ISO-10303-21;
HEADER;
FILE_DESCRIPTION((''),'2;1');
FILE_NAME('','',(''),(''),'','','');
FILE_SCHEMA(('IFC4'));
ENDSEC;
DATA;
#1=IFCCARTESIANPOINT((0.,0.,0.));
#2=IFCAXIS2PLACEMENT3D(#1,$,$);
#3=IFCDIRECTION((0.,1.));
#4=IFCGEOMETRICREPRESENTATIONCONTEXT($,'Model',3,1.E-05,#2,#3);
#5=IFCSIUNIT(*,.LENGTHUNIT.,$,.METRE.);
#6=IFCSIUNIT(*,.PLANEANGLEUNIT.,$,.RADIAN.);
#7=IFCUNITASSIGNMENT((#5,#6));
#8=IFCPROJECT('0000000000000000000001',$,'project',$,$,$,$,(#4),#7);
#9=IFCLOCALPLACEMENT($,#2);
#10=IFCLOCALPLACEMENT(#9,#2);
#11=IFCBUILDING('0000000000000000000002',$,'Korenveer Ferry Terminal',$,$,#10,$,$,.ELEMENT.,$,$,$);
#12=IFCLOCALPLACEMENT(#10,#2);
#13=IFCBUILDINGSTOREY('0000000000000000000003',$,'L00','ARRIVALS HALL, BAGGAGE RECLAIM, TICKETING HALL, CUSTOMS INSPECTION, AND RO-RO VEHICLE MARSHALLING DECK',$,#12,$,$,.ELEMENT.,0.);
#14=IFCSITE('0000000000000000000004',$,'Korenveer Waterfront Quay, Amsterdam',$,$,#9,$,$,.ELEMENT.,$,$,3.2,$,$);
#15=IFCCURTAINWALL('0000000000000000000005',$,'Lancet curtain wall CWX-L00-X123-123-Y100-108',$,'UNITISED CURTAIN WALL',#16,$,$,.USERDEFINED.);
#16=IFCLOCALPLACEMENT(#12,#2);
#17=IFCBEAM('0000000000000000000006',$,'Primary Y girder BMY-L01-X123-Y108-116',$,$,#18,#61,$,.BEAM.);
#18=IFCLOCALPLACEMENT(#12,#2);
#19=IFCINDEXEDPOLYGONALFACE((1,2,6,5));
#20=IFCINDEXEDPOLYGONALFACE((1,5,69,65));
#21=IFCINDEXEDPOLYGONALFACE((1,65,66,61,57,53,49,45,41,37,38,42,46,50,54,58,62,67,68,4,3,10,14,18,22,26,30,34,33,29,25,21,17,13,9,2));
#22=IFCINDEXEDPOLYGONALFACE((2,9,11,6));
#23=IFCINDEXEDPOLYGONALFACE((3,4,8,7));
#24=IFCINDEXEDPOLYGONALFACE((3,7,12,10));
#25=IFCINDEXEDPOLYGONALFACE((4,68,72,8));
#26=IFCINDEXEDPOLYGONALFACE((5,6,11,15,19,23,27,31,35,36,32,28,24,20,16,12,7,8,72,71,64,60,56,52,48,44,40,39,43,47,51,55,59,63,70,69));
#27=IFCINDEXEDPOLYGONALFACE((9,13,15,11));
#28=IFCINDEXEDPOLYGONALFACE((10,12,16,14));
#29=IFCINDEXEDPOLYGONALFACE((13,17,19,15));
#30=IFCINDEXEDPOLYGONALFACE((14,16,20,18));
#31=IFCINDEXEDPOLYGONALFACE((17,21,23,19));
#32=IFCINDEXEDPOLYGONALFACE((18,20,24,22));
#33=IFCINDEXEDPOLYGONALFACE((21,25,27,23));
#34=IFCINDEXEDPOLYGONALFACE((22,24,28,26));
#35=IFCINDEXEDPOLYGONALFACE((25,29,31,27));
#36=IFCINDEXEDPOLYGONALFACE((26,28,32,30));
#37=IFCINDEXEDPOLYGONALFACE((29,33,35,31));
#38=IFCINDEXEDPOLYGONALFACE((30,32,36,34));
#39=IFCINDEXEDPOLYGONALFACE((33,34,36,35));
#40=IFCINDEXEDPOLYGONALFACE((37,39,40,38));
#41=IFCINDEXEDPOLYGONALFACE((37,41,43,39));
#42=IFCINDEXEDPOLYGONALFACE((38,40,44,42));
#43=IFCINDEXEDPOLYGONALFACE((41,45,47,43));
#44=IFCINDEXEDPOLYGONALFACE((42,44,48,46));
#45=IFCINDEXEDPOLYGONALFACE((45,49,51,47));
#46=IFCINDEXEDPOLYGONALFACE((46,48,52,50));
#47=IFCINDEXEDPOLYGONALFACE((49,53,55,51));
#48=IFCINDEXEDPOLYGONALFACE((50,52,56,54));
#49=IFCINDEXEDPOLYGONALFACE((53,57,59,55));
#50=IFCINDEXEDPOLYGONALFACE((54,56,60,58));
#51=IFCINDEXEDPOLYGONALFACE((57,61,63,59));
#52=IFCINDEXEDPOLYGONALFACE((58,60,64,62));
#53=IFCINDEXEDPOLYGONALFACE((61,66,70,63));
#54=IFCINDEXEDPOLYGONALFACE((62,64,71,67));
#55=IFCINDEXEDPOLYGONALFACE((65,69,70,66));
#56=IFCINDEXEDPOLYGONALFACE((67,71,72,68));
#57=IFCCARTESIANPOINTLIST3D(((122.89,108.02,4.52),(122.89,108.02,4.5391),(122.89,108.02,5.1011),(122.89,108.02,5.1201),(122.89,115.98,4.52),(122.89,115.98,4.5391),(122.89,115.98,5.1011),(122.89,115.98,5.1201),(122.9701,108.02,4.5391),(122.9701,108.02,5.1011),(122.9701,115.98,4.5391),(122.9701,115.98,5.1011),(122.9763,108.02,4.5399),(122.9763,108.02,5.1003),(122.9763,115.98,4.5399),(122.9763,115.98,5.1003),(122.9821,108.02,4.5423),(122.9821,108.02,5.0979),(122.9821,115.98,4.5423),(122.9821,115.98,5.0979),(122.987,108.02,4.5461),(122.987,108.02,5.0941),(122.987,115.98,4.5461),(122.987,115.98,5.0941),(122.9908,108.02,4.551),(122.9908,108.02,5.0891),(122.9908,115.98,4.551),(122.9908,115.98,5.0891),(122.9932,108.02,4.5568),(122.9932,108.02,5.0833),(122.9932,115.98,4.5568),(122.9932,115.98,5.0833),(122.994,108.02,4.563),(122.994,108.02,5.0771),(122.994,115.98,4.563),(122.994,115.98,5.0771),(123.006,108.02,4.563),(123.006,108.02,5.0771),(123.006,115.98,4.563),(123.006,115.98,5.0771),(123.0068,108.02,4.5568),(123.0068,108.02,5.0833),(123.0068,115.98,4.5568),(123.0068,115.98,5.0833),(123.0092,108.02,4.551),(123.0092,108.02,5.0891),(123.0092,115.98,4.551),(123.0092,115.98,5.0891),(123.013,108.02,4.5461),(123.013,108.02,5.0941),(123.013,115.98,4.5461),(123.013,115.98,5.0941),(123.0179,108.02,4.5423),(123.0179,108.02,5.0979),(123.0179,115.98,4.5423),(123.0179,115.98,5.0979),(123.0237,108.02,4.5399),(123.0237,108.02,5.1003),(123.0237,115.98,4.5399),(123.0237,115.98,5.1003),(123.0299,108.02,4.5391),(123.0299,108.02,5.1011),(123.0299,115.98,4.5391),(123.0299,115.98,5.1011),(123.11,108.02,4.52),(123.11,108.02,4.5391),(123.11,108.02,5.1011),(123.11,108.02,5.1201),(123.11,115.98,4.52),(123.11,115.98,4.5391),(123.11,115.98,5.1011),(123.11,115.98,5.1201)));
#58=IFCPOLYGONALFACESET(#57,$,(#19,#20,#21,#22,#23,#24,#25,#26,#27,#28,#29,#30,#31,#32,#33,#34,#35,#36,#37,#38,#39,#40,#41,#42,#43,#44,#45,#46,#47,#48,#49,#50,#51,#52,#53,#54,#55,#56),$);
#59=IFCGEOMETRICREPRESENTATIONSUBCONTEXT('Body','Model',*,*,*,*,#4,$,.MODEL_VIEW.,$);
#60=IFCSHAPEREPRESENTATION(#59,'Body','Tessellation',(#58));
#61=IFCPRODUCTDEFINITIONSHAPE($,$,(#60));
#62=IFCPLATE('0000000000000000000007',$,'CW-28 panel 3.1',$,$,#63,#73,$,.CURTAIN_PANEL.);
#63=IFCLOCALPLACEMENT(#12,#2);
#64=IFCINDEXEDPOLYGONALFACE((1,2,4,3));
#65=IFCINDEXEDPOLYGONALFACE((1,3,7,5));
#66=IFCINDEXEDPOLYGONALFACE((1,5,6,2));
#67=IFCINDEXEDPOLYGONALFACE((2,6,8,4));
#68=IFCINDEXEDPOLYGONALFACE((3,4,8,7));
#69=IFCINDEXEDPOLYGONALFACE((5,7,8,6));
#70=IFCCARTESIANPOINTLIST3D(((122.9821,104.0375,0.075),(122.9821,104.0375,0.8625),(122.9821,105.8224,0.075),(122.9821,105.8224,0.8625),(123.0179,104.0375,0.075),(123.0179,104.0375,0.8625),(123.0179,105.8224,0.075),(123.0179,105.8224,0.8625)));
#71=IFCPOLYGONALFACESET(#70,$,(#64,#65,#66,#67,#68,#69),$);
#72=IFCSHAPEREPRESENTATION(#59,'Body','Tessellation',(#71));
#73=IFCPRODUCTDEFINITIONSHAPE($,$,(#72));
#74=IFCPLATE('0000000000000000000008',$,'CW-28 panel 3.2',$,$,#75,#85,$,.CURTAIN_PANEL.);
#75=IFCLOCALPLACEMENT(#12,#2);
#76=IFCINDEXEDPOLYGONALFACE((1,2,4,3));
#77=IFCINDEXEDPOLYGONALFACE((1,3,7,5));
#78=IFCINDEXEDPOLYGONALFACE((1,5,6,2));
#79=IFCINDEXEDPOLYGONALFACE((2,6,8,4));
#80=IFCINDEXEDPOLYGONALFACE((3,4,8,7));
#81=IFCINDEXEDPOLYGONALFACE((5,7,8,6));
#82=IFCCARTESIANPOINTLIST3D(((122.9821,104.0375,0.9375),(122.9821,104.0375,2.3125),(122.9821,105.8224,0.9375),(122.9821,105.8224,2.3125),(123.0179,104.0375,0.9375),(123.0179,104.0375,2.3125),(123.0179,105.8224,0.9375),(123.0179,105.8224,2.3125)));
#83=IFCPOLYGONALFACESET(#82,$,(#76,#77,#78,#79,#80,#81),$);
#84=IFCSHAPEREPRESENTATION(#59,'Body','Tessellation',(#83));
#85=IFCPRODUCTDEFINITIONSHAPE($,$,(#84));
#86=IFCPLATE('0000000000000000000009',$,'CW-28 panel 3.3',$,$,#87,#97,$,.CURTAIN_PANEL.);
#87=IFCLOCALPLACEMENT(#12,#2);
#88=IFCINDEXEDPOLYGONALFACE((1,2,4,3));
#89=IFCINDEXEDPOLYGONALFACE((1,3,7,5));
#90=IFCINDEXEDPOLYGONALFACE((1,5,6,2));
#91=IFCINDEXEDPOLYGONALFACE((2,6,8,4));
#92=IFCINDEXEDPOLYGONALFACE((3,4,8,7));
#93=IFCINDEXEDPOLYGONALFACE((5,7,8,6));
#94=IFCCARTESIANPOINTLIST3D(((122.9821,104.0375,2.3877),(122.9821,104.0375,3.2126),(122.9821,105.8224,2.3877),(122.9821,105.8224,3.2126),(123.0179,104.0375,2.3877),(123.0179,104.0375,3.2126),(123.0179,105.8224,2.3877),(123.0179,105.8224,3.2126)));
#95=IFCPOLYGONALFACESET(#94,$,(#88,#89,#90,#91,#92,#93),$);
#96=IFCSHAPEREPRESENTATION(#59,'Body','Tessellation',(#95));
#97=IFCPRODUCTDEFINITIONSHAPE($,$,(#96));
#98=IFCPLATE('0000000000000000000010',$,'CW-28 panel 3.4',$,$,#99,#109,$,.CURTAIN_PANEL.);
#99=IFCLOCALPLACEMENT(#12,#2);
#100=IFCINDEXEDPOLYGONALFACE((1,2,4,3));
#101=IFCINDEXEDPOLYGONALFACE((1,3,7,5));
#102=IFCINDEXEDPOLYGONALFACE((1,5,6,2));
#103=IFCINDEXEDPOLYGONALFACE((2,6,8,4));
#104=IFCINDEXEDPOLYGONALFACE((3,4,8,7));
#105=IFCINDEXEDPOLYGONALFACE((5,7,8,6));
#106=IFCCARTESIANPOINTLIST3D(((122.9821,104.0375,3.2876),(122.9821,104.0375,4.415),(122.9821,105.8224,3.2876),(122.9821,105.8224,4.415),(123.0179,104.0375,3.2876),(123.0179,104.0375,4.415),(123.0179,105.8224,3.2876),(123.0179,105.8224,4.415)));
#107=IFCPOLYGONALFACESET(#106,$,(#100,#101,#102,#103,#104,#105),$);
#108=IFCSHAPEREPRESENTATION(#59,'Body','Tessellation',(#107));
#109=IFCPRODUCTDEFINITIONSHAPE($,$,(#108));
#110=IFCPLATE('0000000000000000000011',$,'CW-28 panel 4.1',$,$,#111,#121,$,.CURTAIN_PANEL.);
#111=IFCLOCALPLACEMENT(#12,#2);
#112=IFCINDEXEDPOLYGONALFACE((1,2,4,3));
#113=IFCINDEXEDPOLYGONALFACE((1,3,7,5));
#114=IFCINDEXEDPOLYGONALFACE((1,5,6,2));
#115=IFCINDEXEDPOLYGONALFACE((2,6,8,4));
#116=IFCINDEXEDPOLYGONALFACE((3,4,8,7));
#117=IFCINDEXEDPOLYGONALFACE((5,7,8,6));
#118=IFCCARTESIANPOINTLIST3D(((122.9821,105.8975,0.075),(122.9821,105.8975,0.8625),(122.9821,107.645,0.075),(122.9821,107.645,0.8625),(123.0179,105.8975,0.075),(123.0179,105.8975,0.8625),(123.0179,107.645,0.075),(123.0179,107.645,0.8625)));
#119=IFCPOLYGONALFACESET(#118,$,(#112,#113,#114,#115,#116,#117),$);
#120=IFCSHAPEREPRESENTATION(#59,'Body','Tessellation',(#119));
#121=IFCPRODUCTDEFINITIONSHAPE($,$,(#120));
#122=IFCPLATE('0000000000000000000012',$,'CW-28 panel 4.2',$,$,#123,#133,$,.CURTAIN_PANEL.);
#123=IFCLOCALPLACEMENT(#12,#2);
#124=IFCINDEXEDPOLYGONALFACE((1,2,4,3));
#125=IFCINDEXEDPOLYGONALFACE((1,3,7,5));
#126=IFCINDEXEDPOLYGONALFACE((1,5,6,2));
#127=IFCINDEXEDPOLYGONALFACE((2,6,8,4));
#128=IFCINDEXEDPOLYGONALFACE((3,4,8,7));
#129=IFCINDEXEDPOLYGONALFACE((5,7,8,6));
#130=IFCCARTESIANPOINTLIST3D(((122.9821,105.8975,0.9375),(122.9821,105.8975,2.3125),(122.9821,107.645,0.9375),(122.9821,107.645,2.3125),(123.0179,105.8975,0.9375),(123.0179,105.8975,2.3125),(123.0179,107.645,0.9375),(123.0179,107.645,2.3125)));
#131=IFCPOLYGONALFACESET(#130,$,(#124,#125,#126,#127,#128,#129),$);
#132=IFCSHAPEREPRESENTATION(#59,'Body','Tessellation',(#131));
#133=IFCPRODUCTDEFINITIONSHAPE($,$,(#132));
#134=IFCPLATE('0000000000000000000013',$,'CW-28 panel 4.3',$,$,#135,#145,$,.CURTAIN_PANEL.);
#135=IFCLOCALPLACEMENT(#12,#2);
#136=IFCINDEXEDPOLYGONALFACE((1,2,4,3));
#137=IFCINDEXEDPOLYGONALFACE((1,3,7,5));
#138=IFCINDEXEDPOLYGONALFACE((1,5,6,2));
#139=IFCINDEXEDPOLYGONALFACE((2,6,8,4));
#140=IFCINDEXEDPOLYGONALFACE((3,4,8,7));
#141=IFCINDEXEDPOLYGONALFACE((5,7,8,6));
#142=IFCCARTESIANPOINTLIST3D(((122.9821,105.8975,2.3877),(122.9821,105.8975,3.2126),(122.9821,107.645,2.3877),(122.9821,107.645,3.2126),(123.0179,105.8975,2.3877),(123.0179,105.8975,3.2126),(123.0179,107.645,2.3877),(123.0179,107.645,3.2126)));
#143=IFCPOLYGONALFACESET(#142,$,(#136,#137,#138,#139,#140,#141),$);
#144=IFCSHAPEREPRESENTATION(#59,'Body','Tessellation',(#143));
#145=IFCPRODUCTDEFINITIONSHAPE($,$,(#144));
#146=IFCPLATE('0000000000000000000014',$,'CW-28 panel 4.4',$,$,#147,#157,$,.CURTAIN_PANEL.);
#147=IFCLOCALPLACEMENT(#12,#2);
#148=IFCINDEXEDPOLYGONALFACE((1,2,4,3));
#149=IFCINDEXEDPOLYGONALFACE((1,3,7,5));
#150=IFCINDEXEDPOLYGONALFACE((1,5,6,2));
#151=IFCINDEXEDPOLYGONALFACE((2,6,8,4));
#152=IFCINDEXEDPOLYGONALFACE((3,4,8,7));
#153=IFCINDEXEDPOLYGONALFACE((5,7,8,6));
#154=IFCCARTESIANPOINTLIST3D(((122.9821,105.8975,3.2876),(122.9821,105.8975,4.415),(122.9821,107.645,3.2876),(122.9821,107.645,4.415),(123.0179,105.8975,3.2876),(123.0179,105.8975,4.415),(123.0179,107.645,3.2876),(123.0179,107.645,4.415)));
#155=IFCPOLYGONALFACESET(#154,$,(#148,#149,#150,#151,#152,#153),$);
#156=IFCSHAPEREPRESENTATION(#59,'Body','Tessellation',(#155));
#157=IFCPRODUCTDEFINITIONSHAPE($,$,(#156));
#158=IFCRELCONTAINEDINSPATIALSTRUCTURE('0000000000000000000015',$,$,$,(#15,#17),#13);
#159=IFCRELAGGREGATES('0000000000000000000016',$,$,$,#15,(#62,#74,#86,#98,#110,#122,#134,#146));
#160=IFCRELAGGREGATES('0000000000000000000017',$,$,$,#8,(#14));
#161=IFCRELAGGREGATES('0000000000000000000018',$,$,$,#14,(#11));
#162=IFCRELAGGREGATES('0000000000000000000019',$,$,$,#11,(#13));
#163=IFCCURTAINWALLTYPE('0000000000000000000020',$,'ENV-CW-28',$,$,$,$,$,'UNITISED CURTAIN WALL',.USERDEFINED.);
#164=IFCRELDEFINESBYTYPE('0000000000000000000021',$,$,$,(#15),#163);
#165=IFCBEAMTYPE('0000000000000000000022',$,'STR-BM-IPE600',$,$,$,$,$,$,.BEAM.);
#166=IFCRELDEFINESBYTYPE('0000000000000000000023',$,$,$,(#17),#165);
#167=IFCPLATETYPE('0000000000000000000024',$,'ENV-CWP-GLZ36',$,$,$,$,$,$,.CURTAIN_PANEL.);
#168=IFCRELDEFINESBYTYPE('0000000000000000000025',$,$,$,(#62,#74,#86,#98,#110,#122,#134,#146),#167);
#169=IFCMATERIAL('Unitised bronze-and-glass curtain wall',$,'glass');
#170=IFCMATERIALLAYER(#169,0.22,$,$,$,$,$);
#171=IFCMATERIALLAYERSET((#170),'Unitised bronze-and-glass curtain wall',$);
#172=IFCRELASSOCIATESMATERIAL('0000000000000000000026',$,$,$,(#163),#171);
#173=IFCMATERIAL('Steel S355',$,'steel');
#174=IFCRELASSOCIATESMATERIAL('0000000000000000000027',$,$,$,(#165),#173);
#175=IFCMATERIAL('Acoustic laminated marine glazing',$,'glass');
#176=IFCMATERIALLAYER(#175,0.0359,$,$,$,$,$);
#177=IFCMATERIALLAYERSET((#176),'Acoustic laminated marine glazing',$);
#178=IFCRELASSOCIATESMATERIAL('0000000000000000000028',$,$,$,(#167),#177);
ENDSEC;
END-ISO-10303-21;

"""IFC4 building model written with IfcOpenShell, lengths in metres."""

from ifc_helpers import new_model, si_unit, direction, frame, origin, origin_2d, place, context, subcontext, project, spatial, rectangle, i_section, extrude, material, layer, layer_set, material_profile, profile_set, type_object, element, aggregate, save


model = new_model("IFC4")

# Units and contexts
model_context = context("Model", 3, precision=1e-05, world=origin(), true_north=direction((0.0, 1.0)))
body_context = subcontext(model_context, "Body", "Model", "MODEL_VIEW")
ifc_project = project(units=[si_unit("LENGTHUNIT", "METRE"), si_unit("PLANEANGLEUNIT", "RADIAN")], contexts=[model_context])

# Site, building, storey
site_placement = place(None, origin())
site = spatial("IfcSite", under=ifc_project, at=site_placement, Name="Korenveer Waterfront Quay, Amsterdam", CompositionType="ELEMENT", RefElevation=3.2)
building_placement = place(site_placement, origin())
building = spatial("IfcBuilding", under=site, at=building_placement, Name="Korenveer Ferry Terminal", CompositionType="ELEMENT")
storey_placement = place(building_placement, origin())
storey = spatial("IfcBuildingStorey", under=building, at=storey_placement, Name="L00", Description="ARRIVALS HALL, BAGGAGE RECLAIM, TICKETING HALL, CUSTOMS INSPECTION, AND RO-RO VEHICLE MARSHALLING DECK", CompositionType="ELEMENT", Elevation=0.0)

# Shared definitions
ifc_material_1 = material(Name="Steel S355", Category="steel")

# Curtain wall
ifc_material_2 = material(Name="Unitised bronze-and-glass curtain wall", Category="glass")
ifc_layer_1 = layer(ifc_material_2, 0.22)
ifc_layer_set_1 = layer_set([ifc_layer_1], Name="Unitised bronze-and-glass curtain wall")
curtain_wall_type_1 = type_object("IfcCurtainWallType", Name="ENV-CW-28", ElementType="UNITISED CURTAIN WALL", PredefinedType="USERDEFINED", material=ifc_layer_set_1)
curtain_wall_1_placement = place(storey_placement, frame((123.0, 100.28, 0.0)))
curtain_wall_1 = element("IfcCurtainWall", 1, at=curtain_wall_1_placement, inside=storey, type_object=curtain_wall_type_1, Name="Lancet curtain wall CWX-L00-X123-123-Y100-108", ObjectType="UNITISED CURTAIN WALL", PredefinedType="USERDEFINED")

# Beam
ifc_material_profile_1 = material_profile(ifc_material_1, i_section(OverallWidth=0.22, OverallDepth=0.6001, WebThickness=0.012, FlangeThickness=0.019, FilletRadius=0.0239, at=origin_2d()), Name="IPE 600")
ifc_profile_set_1 = profile_set([ifc_material_profile_1], Name="Steel S355")
beam_type = type_object("IfcBeamType", Name="STR-BM-IPE600", PredefinedType="BEAM", material=ifc_profile_set_1)
beam_placement = place(storey_placement, frame((123.0, 108.02, 4.8201), z_axis=(0.0, 1.0, 0.0), x_axis=(-1.0, 0.0, 0.0)))
element("IfcBeam", 2, at=beam_placement, inside=storey, type_object=beam_type, Name="Primary Y girder BMY-L01-X123-Y108-116", PredefinedType="BEAM", context=body_context, shape_type="SweptSolid", body=[
    extrude(i_section(OverallWidth=0.22, OverallDepth=0.6001, WebThickness=0.012, FlangeThickness=0.019, FilletRadius=0.0239, at=origin_2d()), origin(), (0.0, 0.0, 1.0), 7.96),
])

# Plates
ifc_material_3 = material(Name="Acoustic laminated marine glazing", Category="glass")
ifc_layer_2 = layer(ifc_material_3, 0.0359)
ifc_layer_set_2 = layer_set([ifc_layer_2], Name="Acoustic laminated marine glazing")
plate_type = type_object("IfcPlateType", Name="ENV-CWP-GLZ36", PredefinedType="CURTAIN_PANEL", material=ifc_layer_set_2)
plate_1_placement = place(storey_placement, frame((123.0, 104.9299, 0.075), z_axis=(0.0, 0.0, 1.0), x_axis=(0.0, 1.0, 0.0)))
plate_1 = element("IfcPlate", 3, at=plate_1_placement, type_object=plate_type, Name="CW-28 panel 3.1", PredefinedType="CURTAIN_PANEL", context=body_context, shape_type="SweptSolid", body=[
    extrude(rectangle(XDim=1.7849, YDim=0.0359, at=origin_2d()), origin(), (0.0, 0.0, 1.0), 0.7876),
])
plate_2_placement = place(storey_placement, frame((123.0, 104.9299, 0.9375), z_axis=(0.0, 0.0, 1.0), x_axis=(0.0, 1.0, 0.0)))
plate_2 = element("IfcPlate", 4, at=plate_2_placement, type_object=plate_type, Name="CW-28 panel 3.2", PredefinedType="CURTAIN_PANEL", context=body_context, shape_type="SweptSolid", body=[
    extrude(rectangle(XDim=1.7849, YDim=0.0359, at=origin_2d()), origin(), (0.0, 0.0, 1.0), 1.375),
])
plate_3_placement = place(storey_placement, frame((123.0, 104.9299, 2.3877), z_axis=(0.0, 0.0, 1.0), x_axis=(0.0, 1.0, 0.0)))
plate_3 = element("IfcPlate", 5, at=plate_3_placement, type_object=plate_type, Name="CW-28 panel 3.3", PredefinedType="CURTAIN_PANEL", context=body_context, shape_type="SweptSolid", body=[
    extrude(rectangle(XDim=1.7849, YDim=0.0359, at=origin_2d()), origin(), (0.0, 0.0, 1.0), 0.825),
])
plate_4_placement = place(storey_placement, frame((123.0, 104.9299, 3.2876), z_axis=(0.0, 0.0, 1.0), x_axis=(0.0, 1.0, 0.0)))
plate_4 = element("IfcPlate", 6, at=plate_4_placement, type_object=plate_type, Name="CW-28 panel 3.4", PredefinedType="CURTAIN_PANEL", context=body_context, shape_type="SweptSolid", body=[
    extrude(rectangle(XDim=1.7849, YDim=0.0359, at=origin_2d()), origin(), (0.0, 0.0, 1.0), 1.1274),
])
plate_5_placement = place(storey_placement, frame((123.0, 106.7712, 0.075), z_axis=(0.0, 0.0, 1.0), x_axis=(0.0, 1.0, 0.0)))
plate_5 = element("IfcPlate", 7, at=plate_5_placement, type_object=plate_type, Name="CW-28 panel 4.1", PredefinedType="CURTAIN_PANEL", context=body_context, shape_type="SweptSolid", body=[
    extrude(rectangle(XDim=1.7476, YDim=0.0359, at=origin_2d()), origin(), (0.0, 0.0, 1.0), 0.7876),
])
plate_6_placement = place(storey_placement, frame((123.0, 106.7712, 0.9375), z_axis=(0.0, 0.0, 1.0), x_axis=(0.0, 1.0, 0.0)))
plate_6 = element("IfcPlate", 8, at=plate_6_placement, type_object=plate_type, Name="CW-28 panel 4.2", PredefinedType="CURTAIN_PANEL", context=body_context, shape_type="SweptSolid", body=[
    extrude(rectangle(XDim=1.7476, YDim=0.0359, at=origin_2d()), origin(), (0.0, 0.0, 1.0), 1.375),
])
plate_7_placement = place(storey_placement, frame((123.0, 106.7712, 2.3877), z_axis=(0.0, 0.0, 1.0), x_axis=(0.0, 1.0, 0.0)))
plate_7 = element("IfcPlate", 9, at=plate_7_placement, type_object=plate_type, Name="CW-28 panel 4.3", PredefinedType="CURTAIN_PANEL", context=body_context, shape_type="SweptSolid", body=[
    extrude(rectangle(XDim=1.7476, YDim=0.0359, at=origin_2d()), origin(), (0.0, 0.0, 1.0), 0.825),
])
plate_8_placement = place(storey_placement, frame((123.0, 106.7712, 3.2876), z_axis=(0.0, 0.0, 1.0), x_axis=(0.0, 1.0, 0.0)))
plate_8 = element("IfcPlate", 10, at=plate_8_placement, type_object=plate_type, Name="CW-28 panel 4.4", PredefinedType="CURTAIN_PANEL", context=body_context, shape_type="SweptSolid", body=[
    extrude(rectangle(XDim=1.7476, YDim=0.0359, at=origin_2d()), origin(), (0.0, 0.0, 1.0), 1.1274),
])
aggregate(curtain_wall_1, [plate_1, plate_2, plate_3, plate_4, plate_5, plate_6, plate_7, plate_8])

save(model, "model.ifc")
